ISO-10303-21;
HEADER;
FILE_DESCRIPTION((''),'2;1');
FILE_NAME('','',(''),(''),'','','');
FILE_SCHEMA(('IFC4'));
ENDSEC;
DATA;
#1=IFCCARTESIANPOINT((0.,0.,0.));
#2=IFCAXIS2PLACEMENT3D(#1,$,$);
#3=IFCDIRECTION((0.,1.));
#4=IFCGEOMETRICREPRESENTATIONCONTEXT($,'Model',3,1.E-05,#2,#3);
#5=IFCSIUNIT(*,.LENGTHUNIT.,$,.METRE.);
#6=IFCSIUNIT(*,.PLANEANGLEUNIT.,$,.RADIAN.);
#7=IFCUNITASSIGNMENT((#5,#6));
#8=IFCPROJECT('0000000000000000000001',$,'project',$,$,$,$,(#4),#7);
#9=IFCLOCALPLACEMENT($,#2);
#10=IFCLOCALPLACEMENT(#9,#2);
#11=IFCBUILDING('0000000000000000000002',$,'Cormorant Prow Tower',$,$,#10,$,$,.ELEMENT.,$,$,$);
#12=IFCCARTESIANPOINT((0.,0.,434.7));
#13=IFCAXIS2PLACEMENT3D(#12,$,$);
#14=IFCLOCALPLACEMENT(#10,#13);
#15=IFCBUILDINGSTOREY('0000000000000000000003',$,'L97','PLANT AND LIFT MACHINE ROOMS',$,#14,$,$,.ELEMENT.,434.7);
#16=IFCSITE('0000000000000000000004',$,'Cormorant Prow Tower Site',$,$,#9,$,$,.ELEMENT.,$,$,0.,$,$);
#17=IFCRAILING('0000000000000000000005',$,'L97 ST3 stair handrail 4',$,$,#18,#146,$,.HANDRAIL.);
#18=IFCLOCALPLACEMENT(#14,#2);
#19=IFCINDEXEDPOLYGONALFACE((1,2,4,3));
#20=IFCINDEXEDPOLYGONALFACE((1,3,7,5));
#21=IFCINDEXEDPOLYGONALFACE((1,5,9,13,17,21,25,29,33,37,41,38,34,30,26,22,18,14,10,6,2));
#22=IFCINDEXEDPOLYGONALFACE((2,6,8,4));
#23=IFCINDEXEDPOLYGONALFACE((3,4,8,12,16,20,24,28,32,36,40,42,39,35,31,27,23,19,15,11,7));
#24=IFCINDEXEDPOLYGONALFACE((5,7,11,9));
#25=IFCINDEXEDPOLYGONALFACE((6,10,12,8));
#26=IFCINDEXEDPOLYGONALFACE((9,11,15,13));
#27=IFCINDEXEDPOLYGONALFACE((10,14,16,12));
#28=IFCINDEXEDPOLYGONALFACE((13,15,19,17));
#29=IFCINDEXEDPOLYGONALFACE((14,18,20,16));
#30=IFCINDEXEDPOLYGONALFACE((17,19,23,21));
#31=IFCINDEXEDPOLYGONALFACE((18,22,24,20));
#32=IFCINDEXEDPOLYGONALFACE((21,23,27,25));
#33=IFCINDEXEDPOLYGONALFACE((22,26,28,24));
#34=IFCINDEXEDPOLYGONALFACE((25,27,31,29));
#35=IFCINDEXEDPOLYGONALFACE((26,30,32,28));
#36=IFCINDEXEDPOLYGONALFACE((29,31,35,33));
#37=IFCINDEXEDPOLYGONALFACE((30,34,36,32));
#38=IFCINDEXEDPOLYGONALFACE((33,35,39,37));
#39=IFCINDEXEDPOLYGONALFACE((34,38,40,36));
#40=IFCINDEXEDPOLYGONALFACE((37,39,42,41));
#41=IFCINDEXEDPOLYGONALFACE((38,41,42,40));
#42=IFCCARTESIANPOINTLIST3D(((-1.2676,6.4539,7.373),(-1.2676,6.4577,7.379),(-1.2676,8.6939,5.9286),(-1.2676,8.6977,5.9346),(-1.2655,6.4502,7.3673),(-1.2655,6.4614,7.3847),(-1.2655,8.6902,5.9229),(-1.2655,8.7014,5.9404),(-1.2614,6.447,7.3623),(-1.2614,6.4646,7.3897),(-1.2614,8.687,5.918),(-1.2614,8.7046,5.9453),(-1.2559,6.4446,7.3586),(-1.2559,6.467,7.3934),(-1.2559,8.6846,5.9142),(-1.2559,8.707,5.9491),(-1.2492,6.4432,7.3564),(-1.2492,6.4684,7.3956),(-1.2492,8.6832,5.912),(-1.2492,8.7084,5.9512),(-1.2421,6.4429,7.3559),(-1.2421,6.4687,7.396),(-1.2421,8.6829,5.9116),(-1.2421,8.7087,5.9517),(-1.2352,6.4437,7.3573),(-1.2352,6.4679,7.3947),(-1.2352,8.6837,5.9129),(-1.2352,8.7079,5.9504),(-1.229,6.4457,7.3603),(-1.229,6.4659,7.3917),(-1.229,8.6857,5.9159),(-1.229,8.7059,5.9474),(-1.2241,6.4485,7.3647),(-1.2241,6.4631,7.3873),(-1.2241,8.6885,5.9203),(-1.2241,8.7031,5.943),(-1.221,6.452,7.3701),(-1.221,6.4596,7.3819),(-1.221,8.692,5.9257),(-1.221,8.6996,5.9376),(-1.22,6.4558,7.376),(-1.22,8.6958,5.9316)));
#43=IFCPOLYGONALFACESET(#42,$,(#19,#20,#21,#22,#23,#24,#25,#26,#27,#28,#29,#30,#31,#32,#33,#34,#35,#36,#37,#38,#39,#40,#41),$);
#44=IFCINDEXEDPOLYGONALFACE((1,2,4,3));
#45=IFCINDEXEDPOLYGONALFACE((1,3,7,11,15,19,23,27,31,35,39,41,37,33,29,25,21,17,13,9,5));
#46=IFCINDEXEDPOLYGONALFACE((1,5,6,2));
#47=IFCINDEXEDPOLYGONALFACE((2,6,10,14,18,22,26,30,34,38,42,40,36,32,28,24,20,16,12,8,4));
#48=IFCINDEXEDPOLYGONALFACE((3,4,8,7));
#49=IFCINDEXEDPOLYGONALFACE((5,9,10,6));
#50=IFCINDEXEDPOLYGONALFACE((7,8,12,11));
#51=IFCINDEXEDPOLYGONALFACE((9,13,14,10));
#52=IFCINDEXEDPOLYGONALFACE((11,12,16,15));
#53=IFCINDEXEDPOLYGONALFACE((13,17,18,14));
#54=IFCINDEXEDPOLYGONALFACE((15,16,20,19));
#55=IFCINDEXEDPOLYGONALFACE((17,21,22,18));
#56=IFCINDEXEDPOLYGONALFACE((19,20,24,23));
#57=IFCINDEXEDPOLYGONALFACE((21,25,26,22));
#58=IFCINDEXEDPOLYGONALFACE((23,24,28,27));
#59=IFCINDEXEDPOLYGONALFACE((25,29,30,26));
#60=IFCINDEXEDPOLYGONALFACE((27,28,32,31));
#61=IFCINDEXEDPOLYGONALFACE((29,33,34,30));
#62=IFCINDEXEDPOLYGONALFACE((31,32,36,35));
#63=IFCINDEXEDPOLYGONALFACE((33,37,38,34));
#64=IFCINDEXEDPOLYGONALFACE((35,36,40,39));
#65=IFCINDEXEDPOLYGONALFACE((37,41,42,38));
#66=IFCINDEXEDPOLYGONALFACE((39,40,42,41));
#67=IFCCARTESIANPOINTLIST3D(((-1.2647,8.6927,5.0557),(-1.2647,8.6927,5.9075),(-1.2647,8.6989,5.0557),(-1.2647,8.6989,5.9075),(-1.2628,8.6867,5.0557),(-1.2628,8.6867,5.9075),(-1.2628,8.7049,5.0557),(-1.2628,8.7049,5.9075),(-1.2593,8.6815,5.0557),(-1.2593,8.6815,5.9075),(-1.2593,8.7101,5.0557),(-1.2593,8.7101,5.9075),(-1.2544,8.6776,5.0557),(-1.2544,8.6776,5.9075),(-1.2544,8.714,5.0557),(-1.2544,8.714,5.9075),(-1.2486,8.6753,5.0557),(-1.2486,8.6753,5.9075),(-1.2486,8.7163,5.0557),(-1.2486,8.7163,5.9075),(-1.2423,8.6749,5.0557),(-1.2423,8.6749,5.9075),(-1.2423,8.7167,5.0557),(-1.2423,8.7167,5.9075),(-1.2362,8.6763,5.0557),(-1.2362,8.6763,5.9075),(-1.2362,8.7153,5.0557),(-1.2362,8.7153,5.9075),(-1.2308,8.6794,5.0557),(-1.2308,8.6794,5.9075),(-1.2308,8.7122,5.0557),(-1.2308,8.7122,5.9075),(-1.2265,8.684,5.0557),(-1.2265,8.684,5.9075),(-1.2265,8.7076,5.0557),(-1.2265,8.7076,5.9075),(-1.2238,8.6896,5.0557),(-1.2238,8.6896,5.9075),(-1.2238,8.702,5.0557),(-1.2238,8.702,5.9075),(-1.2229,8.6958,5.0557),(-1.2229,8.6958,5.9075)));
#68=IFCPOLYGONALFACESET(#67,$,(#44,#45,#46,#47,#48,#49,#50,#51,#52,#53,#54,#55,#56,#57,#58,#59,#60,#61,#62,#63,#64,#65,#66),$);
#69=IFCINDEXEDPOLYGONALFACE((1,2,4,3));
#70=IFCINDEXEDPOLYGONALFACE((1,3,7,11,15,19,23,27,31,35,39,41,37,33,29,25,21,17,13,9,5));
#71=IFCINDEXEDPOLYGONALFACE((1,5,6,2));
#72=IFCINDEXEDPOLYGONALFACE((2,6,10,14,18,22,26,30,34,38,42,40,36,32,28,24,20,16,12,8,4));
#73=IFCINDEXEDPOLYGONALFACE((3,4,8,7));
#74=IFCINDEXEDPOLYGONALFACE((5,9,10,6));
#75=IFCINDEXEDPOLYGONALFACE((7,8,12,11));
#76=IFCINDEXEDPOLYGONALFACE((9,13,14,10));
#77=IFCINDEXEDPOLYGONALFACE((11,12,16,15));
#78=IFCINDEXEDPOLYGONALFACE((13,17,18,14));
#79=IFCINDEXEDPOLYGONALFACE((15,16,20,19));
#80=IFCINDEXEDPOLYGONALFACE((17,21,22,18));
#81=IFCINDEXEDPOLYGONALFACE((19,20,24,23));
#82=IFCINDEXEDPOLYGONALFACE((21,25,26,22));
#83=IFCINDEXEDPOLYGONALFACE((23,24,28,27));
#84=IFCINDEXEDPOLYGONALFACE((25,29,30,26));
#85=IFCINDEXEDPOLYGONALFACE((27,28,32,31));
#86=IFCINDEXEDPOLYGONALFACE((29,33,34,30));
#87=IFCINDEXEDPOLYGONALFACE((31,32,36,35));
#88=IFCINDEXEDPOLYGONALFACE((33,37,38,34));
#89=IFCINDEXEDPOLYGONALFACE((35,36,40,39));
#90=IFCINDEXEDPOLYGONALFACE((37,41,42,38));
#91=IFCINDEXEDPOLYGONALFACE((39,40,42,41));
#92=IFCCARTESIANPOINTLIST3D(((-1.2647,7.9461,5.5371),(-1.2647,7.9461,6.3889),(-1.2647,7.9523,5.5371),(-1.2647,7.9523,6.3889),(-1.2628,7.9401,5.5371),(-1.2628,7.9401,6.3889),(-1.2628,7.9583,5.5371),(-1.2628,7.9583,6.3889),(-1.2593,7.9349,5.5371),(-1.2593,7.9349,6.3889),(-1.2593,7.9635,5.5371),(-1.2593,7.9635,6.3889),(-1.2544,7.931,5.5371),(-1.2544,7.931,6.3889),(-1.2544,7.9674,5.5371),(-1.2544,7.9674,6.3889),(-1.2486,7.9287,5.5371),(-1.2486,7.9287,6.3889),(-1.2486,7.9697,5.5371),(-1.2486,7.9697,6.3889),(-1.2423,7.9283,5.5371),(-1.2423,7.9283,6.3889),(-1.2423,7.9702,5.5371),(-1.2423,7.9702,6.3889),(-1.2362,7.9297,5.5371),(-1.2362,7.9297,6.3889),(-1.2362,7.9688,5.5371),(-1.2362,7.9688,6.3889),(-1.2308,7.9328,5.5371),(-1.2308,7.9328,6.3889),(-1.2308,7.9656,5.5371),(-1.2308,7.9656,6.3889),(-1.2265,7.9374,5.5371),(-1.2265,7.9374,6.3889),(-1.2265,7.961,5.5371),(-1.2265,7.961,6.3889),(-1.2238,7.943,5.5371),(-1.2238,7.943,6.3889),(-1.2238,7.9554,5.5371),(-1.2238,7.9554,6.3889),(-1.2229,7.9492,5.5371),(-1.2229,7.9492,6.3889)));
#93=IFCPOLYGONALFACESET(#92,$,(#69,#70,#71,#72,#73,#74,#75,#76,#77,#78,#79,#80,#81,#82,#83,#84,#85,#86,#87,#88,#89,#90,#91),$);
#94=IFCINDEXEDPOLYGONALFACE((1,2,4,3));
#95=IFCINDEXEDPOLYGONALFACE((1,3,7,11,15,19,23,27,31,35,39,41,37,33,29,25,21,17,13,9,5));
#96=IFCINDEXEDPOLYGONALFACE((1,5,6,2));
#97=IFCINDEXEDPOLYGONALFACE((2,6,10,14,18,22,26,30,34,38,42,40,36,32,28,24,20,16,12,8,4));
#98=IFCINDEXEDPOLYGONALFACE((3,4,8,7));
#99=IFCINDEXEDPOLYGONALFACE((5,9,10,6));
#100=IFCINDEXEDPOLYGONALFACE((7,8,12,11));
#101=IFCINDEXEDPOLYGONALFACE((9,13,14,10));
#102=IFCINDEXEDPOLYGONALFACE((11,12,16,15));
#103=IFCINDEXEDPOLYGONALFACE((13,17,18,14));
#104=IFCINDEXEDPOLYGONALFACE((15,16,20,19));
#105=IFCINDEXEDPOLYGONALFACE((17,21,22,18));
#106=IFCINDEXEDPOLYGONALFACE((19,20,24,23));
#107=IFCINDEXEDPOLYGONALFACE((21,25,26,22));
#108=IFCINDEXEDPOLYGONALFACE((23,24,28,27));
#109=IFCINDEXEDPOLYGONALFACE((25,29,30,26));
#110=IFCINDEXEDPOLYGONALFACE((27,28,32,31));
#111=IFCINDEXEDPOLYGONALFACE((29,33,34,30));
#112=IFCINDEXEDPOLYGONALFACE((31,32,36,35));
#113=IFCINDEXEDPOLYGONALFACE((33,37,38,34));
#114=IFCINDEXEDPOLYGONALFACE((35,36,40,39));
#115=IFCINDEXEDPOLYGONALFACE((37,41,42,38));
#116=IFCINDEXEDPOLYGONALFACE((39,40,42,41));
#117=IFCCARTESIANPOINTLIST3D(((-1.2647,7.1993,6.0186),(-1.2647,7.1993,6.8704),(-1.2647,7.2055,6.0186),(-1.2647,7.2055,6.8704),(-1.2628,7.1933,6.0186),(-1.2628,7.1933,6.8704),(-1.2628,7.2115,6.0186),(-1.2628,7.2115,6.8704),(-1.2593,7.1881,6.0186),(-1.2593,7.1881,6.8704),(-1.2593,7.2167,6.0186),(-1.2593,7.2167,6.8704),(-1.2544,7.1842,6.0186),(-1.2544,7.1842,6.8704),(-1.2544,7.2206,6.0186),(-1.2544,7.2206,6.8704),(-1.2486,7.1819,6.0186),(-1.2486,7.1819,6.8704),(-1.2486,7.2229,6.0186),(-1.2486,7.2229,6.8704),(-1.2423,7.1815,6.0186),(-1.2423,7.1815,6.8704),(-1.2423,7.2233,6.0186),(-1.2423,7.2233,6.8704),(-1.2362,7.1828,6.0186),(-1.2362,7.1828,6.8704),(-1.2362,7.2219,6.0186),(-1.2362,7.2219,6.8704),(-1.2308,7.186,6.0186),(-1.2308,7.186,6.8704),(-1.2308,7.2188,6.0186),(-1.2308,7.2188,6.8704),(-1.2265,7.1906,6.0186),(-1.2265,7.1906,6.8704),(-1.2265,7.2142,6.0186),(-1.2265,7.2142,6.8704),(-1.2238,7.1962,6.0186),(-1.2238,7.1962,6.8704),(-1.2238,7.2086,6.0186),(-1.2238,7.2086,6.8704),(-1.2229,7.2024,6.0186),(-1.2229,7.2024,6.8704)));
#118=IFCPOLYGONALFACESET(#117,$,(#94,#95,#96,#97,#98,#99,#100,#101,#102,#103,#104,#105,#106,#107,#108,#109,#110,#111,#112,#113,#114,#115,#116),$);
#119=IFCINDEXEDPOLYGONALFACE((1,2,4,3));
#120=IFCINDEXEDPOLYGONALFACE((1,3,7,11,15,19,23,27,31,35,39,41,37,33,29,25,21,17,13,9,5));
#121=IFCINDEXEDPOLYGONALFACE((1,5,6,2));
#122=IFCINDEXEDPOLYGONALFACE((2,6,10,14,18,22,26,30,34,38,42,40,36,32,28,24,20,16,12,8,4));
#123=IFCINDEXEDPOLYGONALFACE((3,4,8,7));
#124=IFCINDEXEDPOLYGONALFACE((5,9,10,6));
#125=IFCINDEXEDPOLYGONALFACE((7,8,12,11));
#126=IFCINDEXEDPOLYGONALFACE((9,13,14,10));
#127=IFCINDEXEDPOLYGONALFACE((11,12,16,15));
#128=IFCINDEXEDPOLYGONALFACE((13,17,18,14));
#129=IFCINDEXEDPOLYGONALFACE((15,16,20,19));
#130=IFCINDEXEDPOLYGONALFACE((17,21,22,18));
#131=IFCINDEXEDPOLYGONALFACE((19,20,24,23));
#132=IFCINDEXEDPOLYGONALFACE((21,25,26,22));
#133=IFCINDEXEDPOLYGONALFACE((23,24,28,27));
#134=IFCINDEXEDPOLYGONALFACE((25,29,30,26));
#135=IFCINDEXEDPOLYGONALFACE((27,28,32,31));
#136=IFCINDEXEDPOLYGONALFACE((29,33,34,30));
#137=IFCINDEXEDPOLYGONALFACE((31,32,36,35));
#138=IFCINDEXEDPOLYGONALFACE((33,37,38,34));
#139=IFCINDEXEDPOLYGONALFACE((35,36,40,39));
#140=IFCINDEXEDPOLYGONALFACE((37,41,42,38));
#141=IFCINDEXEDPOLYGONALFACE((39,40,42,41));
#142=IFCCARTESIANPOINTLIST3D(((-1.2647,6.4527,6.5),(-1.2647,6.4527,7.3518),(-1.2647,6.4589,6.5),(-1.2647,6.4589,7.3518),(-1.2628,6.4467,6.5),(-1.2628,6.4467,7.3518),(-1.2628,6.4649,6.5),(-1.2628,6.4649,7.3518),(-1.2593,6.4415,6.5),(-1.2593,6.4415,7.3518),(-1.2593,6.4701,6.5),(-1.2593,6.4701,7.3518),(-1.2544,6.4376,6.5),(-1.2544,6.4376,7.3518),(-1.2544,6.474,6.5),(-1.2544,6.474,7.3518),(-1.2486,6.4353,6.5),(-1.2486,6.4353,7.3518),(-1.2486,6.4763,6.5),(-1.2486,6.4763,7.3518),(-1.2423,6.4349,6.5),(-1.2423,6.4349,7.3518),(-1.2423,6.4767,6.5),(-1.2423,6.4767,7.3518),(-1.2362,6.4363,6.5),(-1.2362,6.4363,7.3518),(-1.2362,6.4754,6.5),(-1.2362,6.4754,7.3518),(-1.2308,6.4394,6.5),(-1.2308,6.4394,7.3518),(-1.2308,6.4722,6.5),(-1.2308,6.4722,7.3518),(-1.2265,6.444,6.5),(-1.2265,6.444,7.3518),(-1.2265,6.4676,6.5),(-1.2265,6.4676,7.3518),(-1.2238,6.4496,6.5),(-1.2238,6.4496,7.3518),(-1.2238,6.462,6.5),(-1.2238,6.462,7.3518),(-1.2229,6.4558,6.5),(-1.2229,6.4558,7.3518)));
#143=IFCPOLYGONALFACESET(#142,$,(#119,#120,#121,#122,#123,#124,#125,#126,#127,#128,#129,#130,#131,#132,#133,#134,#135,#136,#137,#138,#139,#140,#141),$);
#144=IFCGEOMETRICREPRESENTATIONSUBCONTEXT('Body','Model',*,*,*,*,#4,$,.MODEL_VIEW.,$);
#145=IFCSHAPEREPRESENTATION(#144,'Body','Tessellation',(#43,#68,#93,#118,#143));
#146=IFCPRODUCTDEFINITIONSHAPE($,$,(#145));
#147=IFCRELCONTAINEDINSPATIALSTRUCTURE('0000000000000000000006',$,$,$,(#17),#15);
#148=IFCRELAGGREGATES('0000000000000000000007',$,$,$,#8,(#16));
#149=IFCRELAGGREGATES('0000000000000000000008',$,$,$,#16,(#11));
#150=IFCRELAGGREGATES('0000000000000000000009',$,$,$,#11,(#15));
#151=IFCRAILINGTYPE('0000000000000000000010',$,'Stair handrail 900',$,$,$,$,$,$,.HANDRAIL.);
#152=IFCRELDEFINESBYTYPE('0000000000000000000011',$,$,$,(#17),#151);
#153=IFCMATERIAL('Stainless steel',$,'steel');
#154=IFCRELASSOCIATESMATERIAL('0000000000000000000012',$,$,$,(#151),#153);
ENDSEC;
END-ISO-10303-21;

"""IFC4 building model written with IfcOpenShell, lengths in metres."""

from ifc_helpers import new_model, si_unit, direction, frame, origin, origin_2d, place, context, subcontext, project, spatial, circle, extrude, material, type_object, element, save


model = new_model("IFC4")

# Units and contexts
model_context = context("Model", 3, precision=1e-05, world=origin(), true_north=direction((0.0, 1.0)))
body_context = subcontext(model_context, "Body", "Model", "MODEL_VIEW")
ifc_project = project(units=[si_unit("LENGTHUNIT", "METRE"), si_unit("PLANEANGLEUNIT", "RADIAN")], contexts=[model_context])

# Site, building, storey
site_placement = place(None, origin())
site = spatial("IfcSite", under=ifc_project, at=site_placement, Name="Cormorant Prow Tower Site", CompositionType="ELEMENT", RefElevation=0.0)
building_placement = place(site_placement, origin())
building = spatial("IfcBuilding", under=site, at=building_placement, Name="Cormorant Prow Tower", CompositionType="ELEMENT")
storey_placement = place(building_placement, frame((0.0, 0.0, 434.7)))
storey = spatial("IfcBuildingStorey", under=building, at=storey_placement, Name="L97", Description="PLANT AND LIFT MACHINE ROOMS", CompositionType="ELEMENT", Elevation=434.7)

# Railing
ifc_material_1 = material(Name="Stainless steel", Category="steel")
railing_type = type_object("IfcRailingType", Name="Stair handrail 900", PredefinedType="HANDRAIL", material=ifc_material_1)
for number, where, name in (
    (1, (-1.2439, 8.6958, 5.0557), "L97 ST3 stair handrail 4"),
):
    element("IfcRailing", number, at=place(storey_placement, frame(where)), inside=storey, type_object=railing_type, Name=name, PredefinedType="HANDRAIL", context=body_context, shape_type="SweptSolid", body=[
        extrude(circle(Radius=0.0239, at=origin_2d()), frame((0.0, 0.0, 0.876), z_axis=(0.0, -0.840437, 0.54191), x_axis=(1.0, 0.0, 0.0)), (0.0, 0.0, 1.0), 2.6653),
        extrude(circle(Radius=0.021, at=origin_2d()), origin(), (0.0, 0.0, 1.0), 0.8518),
        extrude(circle(Radius=0.021, at=origin_2d()), frame((0.0, -0.7466, 0.4814)), (0.0, 0.0, 1.0), 0.8518),
        extrude(circle(Radius=0.021, at=origin_2d()), frame((0.0, -1.4934, 0.9629)), (0.0, 0.0, 1.0), 0.8518),
        extrude(circle(Radius=0.021, at=origin_2d()), frame((0.0, -2.24, 1.4443)), (0.0, 0.0, 1.0), 0.8518),
    ])

save(model, "model.ifc")
